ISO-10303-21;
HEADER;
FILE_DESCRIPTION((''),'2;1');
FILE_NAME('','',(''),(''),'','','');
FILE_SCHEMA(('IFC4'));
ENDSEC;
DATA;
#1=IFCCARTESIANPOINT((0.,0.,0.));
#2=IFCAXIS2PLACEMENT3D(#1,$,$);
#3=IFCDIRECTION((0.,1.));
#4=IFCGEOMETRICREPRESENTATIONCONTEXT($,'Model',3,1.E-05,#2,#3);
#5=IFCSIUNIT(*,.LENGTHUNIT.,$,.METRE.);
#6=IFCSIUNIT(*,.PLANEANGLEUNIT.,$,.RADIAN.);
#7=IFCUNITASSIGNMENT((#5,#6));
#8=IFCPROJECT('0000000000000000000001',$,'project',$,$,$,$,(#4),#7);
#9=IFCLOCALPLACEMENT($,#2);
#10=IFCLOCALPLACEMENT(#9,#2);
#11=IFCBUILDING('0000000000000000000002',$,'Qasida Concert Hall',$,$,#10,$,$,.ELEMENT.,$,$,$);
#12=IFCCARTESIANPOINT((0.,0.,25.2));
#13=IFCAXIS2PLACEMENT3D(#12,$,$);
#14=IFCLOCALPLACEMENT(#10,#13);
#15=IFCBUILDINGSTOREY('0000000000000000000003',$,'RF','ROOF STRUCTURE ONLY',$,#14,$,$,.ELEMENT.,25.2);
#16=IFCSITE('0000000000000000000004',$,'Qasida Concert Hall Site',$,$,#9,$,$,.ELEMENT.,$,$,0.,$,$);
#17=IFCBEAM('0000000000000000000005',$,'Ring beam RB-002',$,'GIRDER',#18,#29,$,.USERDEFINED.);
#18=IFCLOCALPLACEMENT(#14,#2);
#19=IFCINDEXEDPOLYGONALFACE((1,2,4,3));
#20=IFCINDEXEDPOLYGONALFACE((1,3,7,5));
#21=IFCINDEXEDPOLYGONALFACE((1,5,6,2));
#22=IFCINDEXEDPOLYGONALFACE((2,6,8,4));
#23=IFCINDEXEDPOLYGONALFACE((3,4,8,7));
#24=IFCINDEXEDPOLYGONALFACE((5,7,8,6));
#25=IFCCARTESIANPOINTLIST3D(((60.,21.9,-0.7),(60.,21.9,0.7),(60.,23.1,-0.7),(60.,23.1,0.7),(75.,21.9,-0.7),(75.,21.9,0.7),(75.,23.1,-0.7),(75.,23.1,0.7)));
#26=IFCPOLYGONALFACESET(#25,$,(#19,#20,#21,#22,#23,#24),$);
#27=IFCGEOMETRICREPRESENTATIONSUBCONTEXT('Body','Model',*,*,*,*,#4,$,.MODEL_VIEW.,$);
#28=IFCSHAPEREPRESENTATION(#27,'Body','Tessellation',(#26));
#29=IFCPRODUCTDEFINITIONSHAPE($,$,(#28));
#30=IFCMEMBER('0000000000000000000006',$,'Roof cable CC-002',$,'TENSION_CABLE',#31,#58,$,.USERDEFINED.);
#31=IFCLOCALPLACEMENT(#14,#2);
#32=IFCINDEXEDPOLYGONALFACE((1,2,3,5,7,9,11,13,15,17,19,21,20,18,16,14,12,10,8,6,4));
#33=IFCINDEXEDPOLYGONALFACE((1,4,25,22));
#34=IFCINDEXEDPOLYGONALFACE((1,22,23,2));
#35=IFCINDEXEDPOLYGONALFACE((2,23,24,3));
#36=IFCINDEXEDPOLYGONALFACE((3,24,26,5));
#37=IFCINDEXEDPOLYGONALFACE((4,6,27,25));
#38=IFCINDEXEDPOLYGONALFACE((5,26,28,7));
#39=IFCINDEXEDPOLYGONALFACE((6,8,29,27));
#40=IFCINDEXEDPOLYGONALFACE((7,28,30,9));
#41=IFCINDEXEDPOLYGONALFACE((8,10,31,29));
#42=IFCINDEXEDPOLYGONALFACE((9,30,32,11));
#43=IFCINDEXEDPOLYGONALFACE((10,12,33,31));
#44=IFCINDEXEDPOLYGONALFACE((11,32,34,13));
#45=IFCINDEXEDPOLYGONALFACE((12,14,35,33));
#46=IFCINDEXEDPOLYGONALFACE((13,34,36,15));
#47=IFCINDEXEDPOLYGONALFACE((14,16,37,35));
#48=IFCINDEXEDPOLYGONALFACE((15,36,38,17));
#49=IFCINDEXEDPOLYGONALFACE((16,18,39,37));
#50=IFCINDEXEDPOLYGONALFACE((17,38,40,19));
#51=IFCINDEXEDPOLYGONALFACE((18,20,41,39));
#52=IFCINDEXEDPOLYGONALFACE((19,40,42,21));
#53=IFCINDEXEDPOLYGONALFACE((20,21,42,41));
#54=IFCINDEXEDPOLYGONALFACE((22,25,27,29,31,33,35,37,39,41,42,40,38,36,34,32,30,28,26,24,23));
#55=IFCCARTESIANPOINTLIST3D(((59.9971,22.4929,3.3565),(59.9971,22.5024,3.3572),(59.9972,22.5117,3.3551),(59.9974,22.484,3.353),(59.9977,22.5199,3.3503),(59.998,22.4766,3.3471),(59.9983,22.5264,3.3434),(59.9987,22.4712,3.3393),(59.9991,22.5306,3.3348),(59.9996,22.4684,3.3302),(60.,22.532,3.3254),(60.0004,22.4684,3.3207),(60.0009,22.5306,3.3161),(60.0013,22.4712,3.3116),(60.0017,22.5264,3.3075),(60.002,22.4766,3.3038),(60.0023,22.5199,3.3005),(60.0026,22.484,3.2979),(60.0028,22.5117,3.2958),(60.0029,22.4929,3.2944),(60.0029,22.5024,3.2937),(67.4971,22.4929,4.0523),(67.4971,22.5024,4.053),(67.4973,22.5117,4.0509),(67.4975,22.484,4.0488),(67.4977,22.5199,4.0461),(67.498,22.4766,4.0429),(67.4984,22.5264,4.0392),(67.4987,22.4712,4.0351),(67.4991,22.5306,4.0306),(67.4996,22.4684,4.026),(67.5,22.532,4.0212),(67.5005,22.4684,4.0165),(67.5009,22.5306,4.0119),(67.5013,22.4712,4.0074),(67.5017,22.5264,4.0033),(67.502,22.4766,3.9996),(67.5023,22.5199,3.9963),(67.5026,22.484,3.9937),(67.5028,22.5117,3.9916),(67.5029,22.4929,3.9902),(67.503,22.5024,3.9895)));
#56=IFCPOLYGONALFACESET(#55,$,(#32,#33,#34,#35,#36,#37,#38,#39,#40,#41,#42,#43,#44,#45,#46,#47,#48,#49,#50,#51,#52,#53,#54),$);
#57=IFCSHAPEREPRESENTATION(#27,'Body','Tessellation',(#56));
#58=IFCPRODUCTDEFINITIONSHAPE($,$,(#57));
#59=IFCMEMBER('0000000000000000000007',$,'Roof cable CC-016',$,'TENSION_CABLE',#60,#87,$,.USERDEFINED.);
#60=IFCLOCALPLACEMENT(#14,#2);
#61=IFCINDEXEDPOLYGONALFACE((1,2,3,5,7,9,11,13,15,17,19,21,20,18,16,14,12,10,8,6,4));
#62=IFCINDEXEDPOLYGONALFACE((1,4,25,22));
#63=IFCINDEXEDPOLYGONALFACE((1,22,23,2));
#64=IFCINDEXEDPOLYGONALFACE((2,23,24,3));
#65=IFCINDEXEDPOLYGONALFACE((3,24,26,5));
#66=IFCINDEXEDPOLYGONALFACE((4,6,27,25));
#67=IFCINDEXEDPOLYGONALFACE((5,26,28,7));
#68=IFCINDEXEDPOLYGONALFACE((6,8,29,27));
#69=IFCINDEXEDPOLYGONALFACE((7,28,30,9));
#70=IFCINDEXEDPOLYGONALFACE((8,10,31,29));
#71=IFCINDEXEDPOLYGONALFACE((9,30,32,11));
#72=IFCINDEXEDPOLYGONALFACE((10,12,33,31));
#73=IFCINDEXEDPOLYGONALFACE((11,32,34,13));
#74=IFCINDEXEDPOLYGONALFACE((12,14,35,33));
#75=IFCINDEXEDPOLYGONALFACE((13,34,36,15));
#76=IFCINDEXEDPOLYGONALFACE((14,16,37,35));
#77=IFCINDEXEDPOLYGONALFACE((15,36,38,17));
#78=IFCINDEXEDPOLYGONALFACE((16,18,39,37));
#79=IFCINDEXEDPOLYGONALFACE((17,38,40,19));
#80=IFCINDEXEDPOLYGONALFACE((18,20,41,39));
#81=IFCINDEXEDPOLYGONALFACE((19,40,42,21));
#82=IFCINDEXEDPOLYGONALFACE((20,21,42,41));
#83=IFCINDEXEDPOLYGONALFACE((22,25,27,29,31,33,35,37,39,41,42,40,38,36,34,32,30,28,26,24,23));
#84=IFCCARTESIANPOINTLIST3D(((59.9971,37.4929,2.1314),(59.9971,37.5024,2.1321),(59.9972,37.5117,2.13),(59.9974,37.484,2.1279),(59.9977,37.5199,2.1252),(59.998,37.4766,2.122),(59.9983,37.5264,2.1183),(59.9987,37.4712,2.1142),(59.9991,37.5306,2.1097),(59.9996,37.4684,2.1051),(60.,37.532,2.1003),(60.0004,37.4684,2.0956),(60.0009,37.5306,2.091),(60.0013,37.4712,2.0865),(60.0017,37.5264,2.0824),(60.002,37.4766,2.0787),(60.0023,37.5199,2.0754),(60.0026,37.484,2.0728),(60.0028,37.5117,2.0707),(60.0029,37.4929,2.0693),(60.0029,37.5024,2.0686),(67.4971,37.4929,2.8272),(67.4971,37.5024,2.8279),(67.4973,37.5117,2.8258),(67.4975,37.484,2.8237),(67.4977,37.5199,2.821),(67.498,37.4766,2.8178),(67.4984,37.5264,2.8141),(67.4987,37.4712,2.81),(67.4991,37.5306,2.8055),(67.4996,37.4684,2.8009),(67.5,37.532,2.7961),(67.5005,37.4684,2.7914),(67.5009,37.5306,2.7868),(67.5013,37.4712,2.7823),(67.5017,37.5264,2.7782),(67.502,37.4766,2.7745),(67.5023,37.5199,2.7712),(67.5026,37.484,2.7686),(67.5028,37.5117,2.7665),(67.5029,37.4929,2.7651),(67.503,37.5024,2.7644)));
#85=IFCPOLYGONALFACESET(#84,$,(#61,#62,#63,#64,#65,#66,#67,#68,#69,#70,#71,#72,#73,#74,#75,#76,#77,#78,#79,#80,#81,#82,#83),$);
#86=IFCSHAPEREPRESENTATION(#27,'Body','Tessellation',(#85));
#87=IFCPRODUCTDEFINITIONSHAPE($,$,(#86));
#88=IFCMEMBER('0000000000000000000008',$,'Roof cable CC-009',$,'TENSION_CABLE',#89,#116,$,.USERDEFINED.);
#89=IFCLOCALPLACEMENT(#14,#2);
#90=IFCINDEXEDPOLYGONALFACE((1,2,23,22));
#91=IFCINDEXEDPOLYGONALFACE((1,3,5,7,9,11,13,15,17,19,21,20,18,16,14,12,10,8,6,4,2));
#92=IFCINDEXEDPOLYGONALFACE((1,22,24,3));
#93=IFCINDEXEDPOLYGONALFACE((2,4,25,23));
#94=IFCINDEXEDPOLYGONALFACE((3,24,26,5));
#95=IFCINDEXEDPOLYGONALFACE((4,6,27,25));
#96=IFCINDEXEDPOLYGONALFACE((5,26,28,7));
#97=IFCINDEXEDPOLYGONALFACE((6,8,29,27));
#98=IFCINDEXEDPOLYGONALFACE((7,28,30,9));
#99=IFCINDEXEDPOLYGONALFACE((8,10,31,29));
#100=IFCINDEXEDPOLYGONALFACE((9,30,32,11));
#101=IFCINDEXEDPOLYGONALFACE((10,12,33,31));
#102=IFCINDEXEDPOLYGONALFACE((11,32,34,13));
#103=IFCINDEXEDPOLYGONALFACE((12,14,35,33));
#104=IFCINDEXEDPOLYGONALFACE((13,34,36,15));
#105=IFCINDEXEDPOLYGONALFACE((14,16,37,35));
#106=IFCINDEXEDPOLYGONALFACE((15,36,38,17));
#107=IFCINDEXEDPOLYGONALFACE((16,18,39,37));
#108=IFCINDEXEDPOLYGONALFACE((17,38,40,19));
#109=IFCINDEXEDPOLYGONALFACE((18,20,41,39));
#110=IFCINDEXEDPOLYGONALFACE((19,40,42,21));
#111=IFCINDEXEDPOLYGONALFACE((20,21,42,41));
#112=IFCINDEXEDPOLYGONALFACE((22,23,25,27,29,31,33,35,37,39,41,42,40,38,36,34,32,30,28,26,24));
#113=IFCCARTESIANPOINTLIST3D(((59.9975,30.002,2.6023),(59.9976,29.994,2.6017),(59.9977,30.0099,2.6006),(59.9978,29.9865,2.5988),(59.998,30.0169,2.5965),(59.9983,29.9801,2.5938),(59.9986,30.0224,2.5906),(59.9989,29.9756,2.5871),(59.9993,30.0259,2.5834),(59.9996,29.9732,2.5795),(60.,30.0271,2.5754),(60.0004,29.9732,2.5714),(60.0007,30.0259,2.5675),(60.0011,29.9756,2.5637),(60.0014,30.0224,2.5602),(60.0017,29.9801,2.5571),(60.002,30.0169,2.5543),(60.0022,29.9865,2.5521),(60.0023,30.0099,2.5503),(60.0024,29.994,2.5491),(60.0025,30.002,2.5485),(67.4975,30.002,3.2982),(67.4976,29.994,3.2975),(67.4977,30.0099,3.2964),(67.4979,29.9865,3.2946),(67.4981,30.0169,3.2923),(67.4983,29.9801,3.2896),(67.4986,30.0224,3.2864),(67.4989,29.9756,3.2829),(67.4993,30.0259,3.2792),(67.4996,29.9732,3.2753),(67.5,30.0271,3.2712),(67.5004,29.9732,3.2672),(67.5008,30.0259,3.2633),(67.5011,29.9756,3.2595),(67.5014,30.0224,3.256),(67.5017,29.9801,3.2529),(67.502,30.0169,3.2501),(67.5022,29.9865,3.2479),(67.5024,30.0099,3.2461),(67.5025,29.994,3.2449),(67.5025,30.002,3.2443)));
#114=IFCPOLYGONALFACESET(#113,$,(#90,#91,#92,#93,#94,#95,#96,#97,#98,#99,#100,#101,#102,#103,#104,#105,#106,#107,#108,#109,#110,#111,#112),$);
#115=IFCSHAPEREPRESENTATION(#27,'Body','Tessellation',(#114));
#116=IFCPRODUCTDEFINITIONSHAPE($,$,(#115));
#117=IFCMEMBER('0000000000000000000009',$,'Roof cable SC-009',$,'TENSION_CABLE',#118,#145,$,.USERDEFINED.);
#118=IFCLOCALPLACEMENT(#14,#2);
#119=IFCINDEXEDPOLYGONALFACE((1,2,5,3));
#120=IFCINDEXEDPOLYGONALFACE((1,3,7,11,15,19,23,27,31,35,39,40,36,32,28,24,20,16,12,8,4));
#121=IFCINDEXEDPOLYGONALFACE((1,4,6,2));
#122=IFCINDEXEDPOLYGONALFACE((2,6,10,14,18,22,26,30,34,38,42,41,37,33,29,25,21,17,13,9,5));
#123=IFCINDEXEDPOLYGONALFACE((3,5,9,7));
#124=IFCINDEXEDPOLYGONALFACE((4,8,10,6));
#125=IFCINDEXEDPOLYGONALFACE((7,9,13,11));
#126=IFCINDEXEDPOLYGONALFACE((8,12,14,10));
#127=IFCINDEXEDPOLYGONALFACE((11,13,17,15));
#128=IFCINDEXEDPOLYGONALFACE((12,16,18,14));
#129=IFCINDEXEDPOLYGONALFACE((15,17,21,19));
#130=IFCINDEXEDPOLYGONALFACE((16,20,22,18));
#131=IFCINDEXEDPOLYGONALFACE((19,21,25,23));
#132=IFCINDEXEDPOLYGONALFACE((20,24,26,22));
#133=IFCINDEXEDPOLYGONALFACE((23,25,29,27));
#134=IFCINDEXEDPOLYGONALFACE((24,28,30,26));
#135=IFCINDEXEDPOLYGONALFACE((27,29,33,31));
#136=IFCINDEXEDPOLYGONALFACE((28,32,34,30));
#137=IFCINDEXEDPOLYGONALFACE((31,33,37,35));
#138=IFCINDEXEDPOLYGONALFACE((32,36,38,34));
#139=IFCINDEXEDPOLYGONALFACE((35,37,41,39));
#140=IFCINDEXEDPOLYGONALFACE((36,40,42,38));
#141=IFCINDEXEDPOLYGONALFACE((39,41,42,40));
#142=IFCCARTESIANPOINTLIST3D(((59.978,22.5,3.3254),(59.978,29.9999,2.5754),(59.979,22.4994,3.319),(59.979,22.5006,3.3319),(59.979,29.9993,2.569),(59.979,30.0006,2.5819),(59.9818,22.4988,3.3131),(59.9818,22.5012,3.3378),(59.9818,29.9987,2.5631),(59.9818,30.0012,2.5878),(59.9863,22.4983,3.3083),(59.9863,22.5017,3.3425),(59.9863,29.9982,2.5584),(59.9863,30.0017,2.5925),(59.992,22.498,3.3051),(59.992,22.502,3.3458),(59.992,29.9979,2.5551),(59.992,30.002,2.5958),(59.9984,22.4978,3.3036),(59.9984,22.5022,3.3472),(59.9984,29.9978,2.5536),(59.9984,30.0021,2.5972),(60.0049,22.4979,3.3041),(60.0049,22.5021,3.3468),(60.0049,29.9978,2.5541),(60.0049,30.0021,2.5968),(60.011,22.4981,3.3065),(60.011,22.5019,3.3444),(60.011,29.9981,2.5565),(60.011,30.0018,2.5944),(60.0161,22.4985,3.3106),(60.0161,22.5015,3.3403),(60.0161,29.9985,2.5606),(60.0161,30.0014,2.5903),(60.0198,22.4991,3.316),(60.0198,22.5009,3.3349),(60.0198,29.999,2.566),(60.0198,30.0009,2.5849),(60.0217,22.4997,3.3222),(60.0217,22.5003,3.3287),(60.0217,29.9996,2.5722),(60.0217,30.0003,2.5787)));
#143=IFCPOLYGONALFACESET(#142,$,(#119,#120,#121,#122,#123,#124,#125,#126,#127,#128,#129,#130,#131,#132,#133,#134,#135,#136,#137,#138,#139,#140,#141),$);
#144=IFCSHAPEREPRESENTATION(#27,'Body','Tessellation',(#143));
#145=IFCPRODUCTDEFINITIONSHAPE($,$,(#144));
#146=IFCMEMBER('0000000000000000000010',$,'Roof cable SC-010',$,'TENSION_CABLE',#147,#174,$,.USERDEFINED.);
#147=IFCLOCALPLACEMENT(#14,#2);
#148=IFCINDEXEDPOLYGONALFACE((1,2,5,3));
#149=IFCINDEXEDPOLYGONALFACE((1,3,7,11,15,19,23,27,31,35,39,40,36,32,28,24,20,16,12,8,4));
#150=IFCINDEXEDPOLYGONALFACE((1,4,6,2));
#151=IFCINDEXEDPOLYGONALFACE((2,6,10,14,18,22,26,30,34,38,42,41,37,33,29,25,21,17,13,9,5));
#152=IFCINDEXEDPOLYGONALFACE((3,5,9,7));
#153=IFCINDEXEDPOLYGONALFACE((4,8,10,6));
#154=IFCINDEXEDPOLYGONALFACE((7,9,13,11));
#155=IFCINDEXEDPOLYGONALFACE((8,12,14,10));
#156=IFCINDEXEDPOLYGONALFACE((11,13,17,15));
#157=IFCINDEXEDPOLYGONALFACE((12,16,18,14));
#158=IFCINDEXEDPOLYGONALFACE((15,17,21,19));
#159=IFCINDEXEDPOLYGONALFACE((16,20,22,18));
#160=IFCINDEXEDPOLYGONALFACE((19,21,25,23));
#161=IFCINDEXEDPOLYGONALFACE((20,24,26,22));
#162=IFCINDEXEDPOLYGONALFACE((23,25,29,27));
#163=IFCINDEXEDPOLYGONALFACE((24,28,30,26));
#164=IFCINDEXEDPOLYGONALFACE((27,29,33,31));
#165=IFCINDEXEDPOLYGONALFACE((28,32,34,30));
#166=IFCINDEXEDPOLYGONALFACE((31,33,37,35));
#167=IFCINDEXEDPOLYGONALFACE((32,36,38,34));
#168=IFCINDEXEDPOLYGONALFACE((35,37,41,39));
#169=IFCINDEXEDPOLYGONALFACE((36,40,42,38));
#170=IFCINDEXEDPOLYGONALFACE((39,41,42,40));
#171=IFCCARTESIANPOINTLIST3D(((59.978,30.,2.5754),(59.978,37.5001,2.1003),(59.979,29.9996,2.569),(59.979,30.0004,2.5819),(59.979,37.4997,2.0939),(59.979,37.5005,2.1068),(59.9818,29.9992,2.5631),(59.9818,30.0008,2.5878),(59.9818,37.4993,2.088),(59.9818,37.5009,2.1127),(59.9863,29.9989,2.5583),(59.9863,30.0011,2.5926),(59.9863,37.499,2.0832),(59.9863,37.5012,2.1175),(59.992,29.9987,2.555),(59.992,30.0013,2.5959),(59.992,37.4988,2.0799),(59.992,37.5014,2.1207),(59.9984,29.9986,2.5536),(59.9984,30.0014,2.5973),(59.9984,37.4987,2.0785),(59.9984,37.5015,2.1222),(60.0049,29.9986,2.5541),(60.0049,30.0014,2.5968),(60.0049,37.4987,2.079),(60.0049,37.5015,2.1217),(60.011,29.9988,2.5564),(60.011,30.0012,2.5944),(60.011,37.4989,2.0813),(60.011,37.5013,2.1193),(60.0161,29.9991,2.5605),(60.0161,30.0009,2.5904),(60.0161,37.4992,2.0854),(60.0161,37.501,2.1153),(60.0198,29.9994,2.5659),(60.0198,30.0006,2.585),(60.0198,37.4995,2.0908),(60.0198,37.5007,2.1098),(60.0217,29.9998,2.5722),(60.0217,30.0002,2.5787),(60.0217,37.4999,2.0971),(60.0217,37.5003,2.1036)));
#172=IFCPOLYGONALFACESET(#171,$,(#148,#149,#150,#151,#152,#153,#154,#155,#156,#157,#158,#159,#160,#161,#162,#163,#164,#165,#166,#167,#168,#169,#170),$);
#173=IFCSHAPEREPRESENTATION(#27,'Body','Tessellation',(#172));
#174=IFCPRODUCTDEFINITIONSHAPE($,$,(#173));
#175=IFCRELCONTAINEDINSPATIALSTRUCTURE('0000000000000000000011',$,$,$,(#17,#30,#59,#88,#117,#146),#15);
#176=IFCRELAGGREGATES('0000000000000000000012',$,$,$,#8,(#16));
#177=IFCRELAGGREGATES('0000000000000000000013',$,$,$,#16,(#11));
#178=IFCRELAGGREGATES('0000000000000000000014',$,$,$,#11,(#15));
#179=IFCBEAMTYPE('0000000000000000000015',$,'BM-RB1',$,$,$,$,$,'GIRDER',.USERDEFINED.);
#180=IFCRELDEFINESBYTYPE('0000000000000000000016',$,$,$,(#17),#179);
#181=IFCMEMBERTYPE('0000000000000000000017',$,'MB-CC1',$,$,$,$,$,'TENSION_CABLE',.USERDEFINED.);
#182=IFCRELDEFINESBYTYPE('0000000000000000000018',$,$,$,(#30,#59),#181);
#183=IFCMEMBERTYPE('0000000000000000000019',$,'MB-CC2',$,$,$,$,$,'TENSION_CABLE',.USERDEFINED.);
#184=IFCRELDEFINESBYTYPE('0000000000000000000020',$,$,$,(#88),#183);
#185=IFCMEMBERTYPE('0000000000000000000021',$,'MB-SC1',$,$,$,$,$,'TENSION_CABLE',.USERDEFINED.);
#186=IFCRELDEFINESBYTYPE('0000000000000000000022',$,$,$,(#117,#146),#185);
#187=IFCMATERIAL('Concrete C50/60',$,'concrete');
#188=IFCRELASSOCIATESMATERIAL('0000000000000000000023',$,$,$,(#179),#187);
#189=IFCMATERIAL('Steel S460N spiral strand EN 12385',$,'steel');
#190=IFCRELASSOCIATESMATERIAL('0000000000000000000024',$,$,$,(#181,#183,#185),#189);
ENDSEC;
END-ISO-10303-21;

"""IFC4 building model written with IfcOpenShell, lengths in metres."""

from ifc_helpers import new_model, si_unit, direction, frame, origin, origin_2d, place, context, subcontext, project, spatial, rectangle, circle, extrude, material, material_profile, profile_set, type_object, element, save


model = new_model("IFC4")

# Units and contexts
model_context = context("Model", 3, precision=1e-05, world=origin(), true_north=direction((0.0, 1.0)))
body_context = subcontext(model_context, "Body", "Model", "MODEL_VIEW")
ifc_project = project(units=[si_unit("LENGTHUNIT", "METRE"), si_unit("PLANEANGLEUNIT", "RADIAN")], contexts=[model_context])

# Site, building, storey
site_placement = place(None, origin())
site = spatial("IfcSite", under=ifc_project, at=site_placement, Name="Qasida Concert Hall Site", CompositionType="ELEMENT", RefElevation=0.0)
building_placement = place(site_placement, origin())
building = spatial("IfcBuilding", under=site, at=building_placement, Name="Qasida Concert Hall", CompositionType="ELEMENT")
storey_placement = place(building_placement, frame((0.0, 0.0, 25.2)))
storey = spatial("IfcBuildingStorey", under=building, at=storey_placement, Name="RF", Description="ROOF STRUCTURE ONLY", CompositionType="ELEMENT", Elevation=25.2)

# Beam
ifc_material_1 = material(Name="Concrete C50/60", Category="concrete")
ifc_material_profile_1 = material_profile(ifc_material_1, rectangle(XDim=1.2, YDim=1.3999, at=origin_2d()), Name="RC 1200x1400")
ifc_profile_set_1 = profile_set([ifc_material_profile_1], Name="Concrete C50/60")
beam_type = type_object("IfcBeamType", Name="BM-RB1", ElementType="GIRDER", PredefinedType="USERDEFINED", material=ifc_profile_set_1)
beam_placement = place(storey_placement, frame((60.0, 22.5, 0.0), z_axis=(1.0, 0.0, 0.0), x_axis=(0.0, 1.0, 0.0)))
element("IfcBeam", 1, at=beam_placement, inside=storey, type_object=beam_type, Name="Ring beam RB-002", ObjectType="GIRDER", PredefinedType="USERDEFINED", context=body_context, shape_type="SweptSolid", body=[
    extrude(rectangle(XDim=1.2, YDim=1.3999, at=origin_2d()), origin(), (0.0, 0.0, 1.0), 15.0),
])

# Members
ifc_material_2 = material(Name="Steel S460N spiral strand EN 12385", Category="steel")
ifc_material_profile_2 = material_profile(ifc_material_2, circle(Radius=0.032, at=origin_2d()), Name="STRAND D64")
ifc_profile_set_2 = profile_set([ifc_material_profile_2], Name="Steel S460N spiral strand EN 12385")
member_type_1 = type_object("IfcMemberType", Name="MB-CC1", ElementType="TENSION_CABLE", PredefinedType="USERDEFINED", material=ifc_profile_set_2)
for number, where, z_axis, x_axis, name in (
    (2, (60.0, 22.5, 3.3254), (0.995724, 0.0, 0.092377), (0.0, 1.0, 0.0), "Roof cable CC-002"),
    (3, (60.0, 37.5, 2.1003), (0.995724, 0.0, 0.092377), (0.0, 1.0, 0.0), "Roof cable CC-016"),
):
    element("IfcMember", number, at=place(storey_placement, frame(where, z_axis=z_axis, x_axis=x_axis)), inside=storey, type_object=member_type_1, Name=name, ObjectType="TENSION_CABLE", PredefinedType="USERDEFINED", context=body_context, shape_type="SweptSolid", body=[
        extrude(circle(Radius=0.032, at=origin_2d()), origin(), (0.0, 0.0, 1.0), 7.5322),
    ])
ifc_material_profile_3 = material_profile(ifc_material_2, circle(Radius=0.0271, at=origin_2d()), Name="STRAND D54")
ifc_profile_set_3 = profile_set([ifc_material_profile_3], Name="Steel S460N spiral strand EN 12385")
member_type_2 = type_object("IfcMemberType", Name="MB-CC2", ElementType="TENSION_CABLE", PredefinedType="USERDEFINED", material=ifc_profile_set_3)
member_1_placement = place(storey_placement, frame((60.0, 30.0, 2.5754), z_axis=(0.995724, 0.0, 0.092377), x_axis=(0.0, 1.0, 0.0)))
element("IfcMember", 4, at=member_1_placement, inside=storey, type_object=member_type_2, Name="Roof cable CC-009", ObjectType="TENSION_CABLE", PredefinedType="USERDEFINED", context=body_context, shape_type="SweptSolid", body=[
    extrude(circle(Radius=0.0271, at=origin_2d()), origin(), (0.0, 0.0, 1.0), 7.5322),
])
ifc_material_profile_4 = material_profile(ifc_material_2, circle(Radius=0.022, at=origin_2d()), Name="STRAND D44")
ifc_profile_set_4 = profile_set([ifc_material_profile_4], Name="Steel S460N spiral strand EN 12385")
member_type_3 = type_object("IfcMemberType", Name="MB-SC1", ElementType="TENSION_CABLE", PredefinedType="USERDEFINED", material=ifc_profile_set_4)
member_2_placement = place(storey_placement, frame((60.0, 22.5, 3.3254), z_axis=(0.0, 0.995037, -0.099504), x_axis=(-1.0, 0.0, 0.0)))
element("IfcMember", 5, at=member_2_placement, inside=storey, type_object=member_type_3, Name="Roof cable SC-009", ObjectType="TENSION_CABLE", PredefinedType="USERDEFINED", context=body_context, shape_type="SweptSolid", body=[
    extrude(circle(Radius=0.022, at=origin_2d()), origin(), (0.0, 0.0, 1.0), 7.5374),
])
member_3_placement = place(storey_placement, frame((60.0, 30.0, 2.5754), z_axis=(0.0, 0.998, -0.06322), x_axis=(-1.0, 0.0, 0.0)))
element("IfcMember", 6, at=member_3_placement, inside=storey, type_object=member_type_3, Name="Roof cable SC-010", ObjectType="TENSION_CABLE", PredefinedType="USERDEFINED", context=body_context, shape_type="SweptSolid", body=[
    extrude(circle(Radius=0.022, at=origin_2d()), origin(), (0.0, 0.0, 1.0), 7.5151),
])

save(model, "model.ifc")
